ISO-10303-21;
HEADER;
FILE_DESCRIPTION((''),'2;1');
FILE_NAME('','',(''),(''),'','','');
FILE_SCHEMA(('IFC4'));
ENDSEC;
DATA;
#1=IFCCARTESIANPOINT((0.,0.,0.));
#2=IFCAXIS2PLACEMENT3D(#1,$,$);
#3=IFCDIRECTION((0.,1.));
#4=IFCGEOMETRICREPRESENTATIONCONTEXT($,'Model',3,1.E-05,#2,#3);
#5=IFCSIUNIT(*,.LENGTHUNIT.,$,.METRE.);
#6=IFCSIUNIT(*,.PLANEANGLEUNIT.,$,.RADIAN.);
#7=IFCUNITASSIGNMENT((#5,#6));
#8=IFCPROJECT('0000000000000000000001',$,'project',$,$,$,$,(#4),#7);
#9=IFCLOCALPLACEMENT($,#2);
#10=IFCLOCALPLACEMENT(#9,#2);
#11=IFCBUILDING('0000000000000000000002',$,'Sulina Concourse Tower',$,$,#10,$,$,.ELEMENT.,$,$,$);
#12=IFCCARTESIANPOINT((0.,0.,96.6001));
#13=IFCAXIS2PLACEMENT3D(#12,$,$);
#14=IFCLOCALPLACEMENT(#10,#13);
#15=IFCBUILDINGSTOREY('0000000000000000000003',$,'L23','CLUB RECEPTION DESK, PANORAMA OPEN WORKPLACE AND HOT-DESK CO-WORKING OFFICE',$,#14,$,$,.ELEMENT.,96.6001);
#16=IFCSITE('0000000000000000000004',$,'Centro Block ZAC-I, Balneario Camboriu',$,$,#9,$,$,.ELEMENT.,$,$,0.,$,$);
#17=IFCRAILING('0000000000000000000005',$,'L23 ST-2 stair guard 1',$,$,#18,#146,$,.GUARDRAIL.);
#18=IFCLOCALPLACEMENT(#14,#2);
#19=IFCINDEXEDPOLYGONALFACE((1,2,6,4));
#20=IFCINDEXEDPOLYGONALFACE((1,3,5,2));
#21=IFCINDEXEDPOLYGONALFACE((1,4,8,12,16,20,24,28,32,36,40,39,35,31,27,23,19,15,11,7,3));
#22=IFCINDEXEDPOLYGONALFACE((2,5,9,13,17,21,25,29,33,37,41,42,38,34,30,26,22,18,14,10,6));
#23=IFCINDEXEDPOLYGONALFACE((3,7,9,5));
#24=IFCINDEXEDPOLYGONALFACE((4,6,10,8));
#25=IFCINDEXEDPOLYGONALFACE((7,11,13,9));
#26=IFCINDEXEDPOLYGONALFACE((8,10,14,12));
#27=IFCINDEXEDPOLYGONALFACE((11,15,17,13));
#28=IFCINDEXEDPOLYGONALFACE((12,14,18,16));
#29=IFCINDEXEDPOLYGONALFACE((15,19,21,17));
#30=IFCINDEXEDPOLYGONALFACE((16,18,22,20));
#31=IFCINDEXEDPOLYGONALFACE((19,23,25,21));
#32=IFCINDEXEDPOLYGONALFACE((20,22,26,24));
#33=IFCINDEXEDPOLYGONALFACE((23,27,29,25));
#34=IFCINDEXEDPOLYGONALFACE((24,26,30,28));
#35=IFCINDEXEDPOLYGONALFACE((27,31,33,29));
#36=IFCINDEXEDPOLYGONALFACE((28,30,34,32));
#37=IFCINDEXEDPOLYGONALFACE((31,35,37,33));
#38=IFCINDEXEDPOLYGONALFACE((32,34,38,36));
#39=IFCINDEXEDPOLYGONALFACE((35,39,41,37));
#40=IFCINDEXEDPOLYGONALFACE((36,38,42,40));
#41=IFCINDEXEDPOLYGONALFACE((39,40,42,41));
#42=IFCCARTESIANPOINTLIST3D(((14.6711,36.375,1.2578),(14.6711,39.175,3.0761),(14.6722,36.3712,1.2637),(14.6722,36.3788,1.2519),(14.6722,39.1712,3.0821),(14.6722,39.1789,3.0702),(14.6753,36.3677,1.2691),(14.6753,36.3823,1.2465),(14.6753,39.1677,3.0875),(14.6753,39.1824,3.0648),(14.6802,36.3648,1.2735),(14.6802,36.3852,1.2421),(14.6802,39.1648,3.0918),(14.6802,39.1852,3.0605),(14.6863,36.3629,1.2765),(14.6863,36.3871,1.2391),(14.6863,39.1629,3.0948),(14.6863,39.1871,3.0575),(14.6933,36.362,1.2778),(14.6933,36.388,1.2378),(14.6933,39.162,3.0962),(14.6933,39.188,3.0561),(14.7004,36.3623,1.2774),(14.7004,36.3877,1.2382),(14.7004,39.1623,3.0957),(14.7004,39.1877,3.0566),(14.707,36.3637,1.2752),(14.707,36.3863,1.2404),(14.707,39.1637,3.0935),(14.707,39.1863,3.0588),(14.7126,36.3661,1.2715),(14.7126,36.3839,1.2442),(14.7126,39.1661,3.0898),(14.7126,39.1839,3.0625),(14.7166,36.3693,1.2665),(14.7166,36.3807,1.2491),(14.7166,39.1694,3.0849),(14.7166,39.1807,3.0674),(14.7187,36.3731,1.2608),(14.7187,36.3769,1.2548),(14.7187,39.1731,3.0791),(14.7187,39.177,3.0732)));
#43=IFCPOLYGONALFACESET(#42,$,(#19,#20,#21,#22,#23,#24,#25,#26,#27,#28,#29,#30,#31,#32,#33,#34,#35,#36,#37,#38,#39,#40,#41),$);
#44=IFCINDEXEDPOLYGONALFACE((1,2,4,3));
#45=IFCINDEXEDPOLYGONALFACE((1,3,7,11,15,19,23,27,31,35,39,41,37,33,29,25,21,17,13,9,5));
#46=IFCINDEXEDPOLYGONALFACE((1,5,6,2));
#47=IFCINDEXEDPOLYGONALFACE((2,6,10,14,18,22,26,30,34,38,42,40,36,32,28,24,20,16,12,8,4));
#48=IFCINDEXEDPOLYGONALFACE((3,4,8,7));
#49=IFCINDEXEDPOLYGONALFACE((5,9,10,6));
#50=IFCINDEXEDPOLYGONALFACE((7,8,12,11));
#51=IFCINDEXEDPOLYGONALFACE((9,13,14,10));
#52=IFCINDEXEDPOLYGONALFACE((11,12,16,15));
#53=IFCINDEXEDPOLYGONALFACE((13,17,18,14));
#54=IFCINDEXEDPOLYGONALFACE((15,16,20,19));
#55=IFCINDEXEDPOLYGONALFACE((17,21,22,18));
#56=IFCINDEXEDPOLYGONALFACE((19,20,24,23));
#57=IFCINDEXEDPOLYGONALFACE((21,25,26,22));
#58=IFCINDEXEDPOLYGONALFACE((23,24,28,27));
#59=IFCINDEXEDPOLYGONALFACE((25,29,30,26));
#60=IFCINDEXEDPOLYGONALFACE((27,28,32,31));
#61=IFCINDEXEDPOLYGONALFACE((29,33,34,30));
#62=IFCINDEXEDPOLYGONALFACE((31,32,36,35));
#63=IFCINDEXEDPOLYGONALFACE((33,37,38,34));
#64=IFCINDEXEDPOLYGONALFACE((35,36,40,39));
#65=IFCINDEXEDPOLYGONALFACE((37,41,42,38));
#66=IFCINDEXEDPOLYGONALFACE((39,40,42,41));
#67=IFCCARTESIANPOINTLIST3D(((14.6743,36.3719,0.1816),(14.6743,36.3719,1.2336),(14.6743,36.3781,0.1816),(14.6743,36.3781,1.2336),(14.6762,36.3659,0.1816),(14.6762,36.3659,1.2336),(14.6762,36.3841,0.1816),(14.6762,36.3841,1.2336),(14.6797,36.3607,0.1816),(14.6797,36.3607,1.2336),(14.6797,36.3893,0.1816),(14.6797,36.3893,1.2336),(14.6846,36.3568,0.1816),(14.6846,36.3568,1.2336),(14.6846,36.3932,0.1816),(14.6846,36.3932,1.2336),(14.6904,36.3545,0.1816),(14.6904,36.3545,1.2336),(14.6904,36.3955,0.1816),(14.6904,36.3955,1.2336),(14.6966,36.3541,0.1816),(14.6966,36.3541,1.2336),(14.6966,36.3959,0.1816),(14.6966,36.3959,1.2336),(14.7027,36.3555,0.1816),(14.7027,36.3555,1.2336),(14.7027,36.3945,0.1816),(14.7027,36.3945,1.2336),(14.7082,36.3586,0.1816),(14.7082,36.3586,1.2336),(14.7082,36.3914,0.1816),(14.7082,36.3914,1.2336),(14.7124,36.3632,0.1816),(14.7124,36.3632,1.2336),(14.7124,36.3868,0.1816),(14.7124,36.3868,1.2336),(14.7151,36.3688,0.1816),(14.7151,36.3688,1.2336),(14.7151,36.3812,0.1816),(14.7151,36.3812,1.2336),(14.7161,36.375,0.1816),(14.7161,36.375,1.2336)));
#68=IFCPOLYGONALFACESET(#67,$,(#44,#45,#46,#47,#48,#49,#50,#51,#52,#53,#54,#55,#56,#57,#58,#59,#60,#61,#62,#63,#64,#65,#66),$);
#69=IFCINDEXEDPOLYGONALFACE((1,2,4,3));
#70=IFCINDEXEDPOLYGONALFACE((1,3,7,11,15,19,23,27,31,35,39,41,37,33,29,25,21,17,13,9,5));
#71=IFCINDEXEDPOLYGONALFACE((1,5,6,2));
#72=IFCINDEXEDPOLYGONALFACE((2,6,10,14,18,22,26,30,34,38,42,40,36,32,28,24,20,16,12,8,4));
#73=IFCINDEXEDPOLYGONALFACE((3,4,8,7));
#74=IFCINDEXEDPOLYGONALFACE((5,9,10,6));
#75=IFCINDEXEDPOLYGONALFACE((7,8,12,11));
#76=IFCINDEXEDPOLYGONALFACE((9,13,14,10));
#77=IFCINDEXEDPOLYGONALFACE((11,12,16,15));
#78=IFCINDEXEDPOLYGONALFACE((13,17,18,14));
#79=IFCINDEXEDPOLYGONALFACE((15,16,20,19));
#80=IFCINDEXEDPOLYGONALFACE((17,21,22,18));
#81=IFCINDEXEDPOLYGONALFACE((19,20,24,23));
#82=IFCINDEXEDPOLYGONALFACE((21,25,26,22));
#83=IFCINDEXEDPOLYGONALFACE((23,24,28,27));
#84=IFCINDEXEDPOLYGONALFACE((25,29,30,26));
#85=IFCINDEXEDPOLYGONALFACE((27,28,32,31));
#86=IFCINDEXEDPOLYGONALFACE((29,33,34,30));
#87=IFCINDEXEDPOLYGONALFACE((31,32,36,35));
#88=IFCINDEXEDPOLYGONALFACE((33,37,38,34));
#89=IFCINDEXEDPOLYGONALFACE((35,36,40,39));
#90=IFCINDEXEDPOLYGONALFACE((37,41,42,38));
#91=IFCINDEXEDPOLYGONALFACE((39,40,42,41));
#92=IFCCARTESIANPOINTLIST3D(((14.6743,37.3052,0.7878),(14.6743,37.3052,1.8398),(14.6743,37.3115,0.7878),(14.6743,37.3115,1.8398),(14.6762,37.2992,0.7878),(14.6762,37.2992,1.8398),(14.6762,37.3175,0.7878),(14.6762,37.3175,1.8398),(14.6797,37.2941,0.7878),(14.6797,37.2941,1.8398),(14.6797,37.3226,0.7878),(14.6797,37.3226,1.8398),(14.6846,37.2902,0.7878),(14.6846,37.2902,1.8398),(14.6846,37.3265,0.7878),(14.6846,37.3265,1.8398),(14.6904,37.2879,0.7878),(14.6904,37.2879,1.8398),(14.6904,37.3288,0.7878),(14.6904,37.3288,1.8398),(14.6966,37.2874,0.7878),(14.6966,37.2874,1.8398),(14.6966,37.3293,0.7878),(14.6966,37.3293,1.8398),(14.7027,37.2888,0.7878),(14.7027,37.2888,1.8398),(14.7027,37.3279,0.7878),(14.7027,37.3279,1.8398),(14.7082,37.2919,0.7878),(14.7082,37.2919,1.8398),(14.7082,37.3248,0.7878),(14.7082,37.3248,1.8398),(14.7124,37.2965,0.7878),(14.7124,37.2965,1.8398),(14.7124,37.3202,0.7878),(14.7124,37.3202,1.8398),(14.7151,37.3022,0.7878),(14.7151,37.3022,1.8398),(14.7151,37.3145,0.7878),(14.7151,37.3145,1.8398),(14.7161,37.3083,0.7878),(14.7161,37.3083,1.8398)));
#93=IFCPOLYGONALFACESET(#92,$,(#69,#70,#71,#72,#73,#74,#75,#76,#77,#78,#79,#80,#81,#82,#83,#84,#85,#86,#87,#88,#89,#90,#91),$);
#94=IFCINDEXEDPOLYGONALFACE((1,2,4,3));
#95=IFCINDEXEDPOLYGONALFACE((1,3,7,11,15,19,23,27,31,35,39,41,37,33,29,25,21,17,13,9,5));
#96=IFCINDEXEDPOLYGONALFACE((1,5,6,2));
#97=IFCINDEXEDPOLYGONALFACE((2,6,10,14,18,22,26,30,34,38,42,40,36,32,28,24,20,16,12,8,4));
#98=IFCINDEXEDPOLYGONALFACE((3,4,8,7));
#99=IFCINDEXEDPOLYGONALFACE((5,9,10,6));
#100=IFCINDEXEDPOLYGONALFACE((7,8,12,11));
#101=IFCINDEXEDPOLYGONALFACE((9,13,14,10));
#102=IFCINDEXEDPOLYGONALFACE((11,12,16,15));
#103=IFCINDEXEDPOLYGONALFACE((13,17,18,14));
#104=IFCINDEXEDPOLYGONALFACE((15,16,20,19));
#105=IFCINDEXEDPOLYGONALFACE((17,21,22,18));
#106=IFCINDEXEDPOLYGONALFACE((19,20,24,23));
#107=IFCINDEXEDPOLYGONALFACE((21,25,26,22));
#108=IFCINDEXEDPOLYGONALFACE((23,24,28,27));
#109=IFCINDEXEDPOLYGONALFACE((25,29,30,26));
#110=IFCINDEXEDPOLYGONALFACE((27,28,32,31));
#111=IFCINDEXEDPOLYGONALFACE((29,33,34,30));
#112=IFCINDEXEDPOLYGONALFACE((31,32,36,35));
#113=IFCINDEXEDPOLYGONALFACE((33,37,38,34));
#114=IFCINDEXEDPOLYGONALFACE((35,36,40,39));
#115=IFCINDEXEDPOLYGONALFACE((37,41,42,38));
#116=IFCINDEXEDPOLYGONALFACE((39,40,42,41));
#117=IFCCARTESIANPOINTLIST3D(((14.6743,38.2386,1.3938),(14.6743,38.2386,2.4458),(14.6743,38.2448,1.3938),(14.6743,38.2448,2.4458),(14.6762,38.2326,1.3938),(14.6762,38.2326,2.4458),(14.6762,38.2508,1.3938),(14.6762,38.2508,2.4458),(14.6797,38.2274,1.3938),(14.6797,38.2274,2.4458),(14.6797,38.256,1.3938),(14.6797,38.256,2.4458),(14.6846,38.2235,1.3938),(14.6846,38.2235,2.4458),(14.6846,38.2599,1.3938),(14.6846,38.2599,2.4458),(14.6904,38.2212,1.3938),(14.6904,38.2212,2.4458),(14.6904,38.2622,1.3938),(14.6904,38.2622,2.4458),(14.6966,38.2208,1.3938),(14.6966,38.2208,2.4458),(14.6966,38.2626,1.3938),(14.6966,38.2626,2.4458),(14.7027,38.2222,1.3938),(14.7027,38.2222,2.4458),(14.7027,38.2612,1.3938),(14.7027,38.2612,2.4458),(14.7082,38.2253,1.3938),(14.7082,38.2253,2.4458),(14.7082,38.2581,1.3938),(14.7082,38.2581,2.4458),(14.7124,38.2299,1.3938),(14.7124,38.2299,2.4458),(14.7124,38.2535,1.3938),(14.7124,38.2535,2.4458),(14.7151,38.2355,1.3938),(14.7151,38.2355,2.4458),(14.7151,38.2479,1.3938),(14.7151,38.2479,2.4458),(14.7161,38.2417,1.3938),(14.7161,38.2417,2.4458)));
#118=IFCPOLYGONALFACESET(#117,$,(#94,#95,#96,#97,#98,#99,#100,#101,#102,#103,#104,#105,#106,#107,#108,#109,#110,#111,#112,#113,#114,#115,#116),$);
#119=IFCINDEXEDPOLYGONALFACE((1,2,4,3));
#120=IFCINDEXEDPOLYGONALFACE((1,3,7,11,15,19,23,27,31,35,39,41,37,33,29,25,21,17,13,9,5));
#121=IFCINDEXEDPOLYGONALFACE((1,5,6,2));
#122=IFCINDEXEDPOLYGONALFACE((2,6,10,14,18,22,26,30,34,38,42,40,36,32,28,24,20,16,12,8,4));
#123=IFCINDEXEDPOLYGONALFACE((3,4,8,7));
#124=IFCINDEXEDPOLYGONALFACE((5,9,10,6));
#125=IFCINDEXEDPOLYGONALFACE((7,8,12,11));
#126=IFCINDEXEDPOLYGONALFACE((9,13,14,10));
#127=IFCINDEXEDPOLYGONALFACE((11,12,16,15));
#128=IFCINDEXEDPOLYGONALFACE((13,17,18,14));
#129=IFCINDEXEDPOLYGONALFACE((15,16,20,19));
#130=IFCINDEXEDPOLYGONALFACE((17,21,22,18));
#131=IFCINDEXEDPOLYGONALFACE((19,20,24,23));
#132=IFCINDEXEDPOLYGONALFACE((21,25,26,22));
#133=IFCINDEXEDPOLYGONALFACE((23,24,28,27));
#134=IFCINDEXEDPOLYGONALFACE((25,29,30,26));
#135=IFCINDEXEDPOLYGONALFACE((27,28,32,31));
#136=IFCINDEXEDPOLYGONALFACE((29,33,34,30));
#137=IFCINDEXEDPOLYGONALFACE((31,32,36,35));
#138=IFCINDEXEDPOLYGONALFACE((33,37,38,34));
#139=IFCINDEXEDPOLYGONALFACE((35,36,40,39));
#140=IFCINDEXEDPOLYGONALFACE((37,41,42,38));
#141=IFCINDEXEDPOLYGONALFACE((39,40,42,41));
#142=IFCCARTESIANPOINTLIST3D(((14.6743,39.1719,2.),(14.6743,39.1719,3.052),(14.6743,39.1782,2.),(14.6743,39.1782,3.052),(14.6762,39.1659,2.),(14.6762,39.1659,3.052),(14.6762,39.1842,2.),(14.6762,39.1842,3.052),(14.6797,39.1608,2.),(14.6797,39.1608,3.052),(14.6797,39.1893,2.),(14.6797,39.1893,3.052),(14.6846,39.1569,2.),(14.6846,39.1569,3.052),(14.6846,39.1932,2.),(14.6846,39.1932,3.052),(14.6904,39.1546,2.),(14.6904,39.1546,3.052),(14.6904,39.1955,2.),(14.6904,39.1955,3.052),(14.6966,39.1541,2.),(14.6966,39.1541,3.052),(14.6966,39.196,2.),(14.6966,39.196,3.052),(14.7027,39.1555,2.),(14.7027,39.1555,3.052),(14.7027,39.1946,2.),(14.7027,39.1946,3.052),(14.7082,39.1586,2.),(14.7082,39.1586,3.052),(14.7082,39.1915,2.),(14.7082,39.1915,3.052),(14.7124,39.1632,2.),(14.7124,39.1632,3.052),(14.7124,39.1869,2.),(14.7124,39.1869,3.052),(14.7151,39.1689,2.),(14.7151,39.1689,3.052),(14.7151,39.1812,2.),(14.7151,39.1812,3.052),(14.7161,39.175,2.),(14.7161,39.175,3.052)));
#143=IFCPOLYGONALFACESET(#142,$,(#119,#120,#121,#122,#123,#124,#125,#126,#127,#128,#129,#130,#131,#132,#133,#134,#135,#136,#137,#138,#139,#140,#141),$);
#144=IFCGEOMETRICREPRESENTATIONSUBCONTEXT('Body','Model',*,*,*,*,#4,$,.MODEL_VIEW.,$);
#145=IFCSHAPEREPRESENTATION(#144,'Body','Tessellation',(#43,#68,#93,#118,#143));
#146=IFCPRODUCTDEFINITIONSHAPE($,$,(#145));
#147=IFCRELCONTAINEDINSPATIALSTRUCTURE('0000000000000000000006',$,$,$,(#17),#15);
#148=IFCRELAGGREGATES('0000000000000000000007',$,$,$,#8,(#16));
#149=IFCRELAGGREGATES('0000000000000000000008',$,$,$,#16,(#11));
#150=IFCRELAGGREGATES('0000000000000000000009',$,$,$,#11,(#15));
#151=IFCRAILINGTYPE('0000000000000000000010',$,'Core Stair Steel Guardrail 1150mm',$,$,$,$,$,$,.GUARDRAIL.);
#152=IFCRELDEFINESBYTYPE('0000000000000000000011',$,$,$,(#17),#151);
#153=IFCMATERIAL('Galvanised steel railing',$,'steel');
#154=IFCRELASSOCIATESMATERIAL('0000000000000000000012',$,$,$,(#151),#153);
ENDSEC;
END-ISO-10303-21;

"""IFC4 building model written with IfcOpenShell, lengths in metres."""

from ifc_helpers import new_model, si_unit, direction, frame, origin, origin_2d, place, context, subcontext, project, spatial, circle, extrude, material, type_object, element, save


model = new_model("IFC4")

# Units and contexts
model_context = context("Model", 3, precision=1e-05, world=origin(), true_north=direction((0.0, 1.0)))
body_context = subcontext(model_context, "Body", "Model", "MODEL_VIEW")
ifc_project = project(units=[si_unit("LENGTHUNIT", "METRE"), si_unit("PLANEANGLEUNIT", "RADIAN")], contexts=[model_context])

# Site, building, storey
site_placement = place(None, origin())
site = spatial("IfcSite", under=ifc_project, at=site_placement, Name="Centro Block ZAC-I, Balneario Camboriu", CompositionType="ELEMENT", RefElevation=0.0)
building_placement = place(site_placement, origin())
building = spatial("IfcBuilding", under=site, at=building_placement, Name="Sulina Concourse Tower", CompositionType="ELEMENT")
storey_placement = place(building_placement, frame((0.0, 0.0, 96.6001)))
storey = spatial("IfcBuildingStorey", under=building, at=storey_placement, Name="L23", Description="CLUB RECEPTION DESK, PANORAMA OPEN WORKPLACE AND HOT-DESK CO-WORKING OFFICE", CompositionType="ELEMENT", Elevation=96.6001)

# Railing
ifc_material_1 = material(Name="Galvanised steel railing", Category="steel")
railing_type_1 = type_object("IfcRailingType", Name="Core Stair Steel Guardrail 1150mm", PredefinedType="GUARDRAIL", material=ifc_material_1)
railing_1_placement = place(storey_placement, frame((14.6951, 36.375, 0.1816)))
element("IfcRailing", 1, at=railing_1_placement, inside=storey, type_object=railing_type_1, Name="L23 ST-2 stair guard 1", PredefinedType="GUARDRAIL", context=body_context, shape_type="SweptSolid", body=[
    extrude(circle(Radius=0.0239, at=origin_2d()), frame((0.0, 0.0, 1.0762), z_axis=(0.0, 0.838672, 0.544636), x_axis=(-1.0, 0.0, 0.0)), (0.0, 0.0, 1.0), 3.3386),
    extrude(circle(Radius=0.021, at=origin_2d()), origin(), (0.0, 0.0, 1.0), 1.052),
    extrude(circle(Radius=0.021, at=origin_2d()), frame((0.0, 0.9333, 0.6062)), (0.0, 0.0, 1.0), 1.052),
    extrude(circle(Radius=0.021, at=origin_2d()), frame((0.0, 1.8667, 1.2122)), (0.0, 0.0, 1.0), 1.052),
    extrude(circle(Radius=0.021, at=origin_2d()), frame((0.0, 2.8, 1.8184)), (0.0, 0.0, 1.0), 1.052),
])

save(model, "model.ifc")
